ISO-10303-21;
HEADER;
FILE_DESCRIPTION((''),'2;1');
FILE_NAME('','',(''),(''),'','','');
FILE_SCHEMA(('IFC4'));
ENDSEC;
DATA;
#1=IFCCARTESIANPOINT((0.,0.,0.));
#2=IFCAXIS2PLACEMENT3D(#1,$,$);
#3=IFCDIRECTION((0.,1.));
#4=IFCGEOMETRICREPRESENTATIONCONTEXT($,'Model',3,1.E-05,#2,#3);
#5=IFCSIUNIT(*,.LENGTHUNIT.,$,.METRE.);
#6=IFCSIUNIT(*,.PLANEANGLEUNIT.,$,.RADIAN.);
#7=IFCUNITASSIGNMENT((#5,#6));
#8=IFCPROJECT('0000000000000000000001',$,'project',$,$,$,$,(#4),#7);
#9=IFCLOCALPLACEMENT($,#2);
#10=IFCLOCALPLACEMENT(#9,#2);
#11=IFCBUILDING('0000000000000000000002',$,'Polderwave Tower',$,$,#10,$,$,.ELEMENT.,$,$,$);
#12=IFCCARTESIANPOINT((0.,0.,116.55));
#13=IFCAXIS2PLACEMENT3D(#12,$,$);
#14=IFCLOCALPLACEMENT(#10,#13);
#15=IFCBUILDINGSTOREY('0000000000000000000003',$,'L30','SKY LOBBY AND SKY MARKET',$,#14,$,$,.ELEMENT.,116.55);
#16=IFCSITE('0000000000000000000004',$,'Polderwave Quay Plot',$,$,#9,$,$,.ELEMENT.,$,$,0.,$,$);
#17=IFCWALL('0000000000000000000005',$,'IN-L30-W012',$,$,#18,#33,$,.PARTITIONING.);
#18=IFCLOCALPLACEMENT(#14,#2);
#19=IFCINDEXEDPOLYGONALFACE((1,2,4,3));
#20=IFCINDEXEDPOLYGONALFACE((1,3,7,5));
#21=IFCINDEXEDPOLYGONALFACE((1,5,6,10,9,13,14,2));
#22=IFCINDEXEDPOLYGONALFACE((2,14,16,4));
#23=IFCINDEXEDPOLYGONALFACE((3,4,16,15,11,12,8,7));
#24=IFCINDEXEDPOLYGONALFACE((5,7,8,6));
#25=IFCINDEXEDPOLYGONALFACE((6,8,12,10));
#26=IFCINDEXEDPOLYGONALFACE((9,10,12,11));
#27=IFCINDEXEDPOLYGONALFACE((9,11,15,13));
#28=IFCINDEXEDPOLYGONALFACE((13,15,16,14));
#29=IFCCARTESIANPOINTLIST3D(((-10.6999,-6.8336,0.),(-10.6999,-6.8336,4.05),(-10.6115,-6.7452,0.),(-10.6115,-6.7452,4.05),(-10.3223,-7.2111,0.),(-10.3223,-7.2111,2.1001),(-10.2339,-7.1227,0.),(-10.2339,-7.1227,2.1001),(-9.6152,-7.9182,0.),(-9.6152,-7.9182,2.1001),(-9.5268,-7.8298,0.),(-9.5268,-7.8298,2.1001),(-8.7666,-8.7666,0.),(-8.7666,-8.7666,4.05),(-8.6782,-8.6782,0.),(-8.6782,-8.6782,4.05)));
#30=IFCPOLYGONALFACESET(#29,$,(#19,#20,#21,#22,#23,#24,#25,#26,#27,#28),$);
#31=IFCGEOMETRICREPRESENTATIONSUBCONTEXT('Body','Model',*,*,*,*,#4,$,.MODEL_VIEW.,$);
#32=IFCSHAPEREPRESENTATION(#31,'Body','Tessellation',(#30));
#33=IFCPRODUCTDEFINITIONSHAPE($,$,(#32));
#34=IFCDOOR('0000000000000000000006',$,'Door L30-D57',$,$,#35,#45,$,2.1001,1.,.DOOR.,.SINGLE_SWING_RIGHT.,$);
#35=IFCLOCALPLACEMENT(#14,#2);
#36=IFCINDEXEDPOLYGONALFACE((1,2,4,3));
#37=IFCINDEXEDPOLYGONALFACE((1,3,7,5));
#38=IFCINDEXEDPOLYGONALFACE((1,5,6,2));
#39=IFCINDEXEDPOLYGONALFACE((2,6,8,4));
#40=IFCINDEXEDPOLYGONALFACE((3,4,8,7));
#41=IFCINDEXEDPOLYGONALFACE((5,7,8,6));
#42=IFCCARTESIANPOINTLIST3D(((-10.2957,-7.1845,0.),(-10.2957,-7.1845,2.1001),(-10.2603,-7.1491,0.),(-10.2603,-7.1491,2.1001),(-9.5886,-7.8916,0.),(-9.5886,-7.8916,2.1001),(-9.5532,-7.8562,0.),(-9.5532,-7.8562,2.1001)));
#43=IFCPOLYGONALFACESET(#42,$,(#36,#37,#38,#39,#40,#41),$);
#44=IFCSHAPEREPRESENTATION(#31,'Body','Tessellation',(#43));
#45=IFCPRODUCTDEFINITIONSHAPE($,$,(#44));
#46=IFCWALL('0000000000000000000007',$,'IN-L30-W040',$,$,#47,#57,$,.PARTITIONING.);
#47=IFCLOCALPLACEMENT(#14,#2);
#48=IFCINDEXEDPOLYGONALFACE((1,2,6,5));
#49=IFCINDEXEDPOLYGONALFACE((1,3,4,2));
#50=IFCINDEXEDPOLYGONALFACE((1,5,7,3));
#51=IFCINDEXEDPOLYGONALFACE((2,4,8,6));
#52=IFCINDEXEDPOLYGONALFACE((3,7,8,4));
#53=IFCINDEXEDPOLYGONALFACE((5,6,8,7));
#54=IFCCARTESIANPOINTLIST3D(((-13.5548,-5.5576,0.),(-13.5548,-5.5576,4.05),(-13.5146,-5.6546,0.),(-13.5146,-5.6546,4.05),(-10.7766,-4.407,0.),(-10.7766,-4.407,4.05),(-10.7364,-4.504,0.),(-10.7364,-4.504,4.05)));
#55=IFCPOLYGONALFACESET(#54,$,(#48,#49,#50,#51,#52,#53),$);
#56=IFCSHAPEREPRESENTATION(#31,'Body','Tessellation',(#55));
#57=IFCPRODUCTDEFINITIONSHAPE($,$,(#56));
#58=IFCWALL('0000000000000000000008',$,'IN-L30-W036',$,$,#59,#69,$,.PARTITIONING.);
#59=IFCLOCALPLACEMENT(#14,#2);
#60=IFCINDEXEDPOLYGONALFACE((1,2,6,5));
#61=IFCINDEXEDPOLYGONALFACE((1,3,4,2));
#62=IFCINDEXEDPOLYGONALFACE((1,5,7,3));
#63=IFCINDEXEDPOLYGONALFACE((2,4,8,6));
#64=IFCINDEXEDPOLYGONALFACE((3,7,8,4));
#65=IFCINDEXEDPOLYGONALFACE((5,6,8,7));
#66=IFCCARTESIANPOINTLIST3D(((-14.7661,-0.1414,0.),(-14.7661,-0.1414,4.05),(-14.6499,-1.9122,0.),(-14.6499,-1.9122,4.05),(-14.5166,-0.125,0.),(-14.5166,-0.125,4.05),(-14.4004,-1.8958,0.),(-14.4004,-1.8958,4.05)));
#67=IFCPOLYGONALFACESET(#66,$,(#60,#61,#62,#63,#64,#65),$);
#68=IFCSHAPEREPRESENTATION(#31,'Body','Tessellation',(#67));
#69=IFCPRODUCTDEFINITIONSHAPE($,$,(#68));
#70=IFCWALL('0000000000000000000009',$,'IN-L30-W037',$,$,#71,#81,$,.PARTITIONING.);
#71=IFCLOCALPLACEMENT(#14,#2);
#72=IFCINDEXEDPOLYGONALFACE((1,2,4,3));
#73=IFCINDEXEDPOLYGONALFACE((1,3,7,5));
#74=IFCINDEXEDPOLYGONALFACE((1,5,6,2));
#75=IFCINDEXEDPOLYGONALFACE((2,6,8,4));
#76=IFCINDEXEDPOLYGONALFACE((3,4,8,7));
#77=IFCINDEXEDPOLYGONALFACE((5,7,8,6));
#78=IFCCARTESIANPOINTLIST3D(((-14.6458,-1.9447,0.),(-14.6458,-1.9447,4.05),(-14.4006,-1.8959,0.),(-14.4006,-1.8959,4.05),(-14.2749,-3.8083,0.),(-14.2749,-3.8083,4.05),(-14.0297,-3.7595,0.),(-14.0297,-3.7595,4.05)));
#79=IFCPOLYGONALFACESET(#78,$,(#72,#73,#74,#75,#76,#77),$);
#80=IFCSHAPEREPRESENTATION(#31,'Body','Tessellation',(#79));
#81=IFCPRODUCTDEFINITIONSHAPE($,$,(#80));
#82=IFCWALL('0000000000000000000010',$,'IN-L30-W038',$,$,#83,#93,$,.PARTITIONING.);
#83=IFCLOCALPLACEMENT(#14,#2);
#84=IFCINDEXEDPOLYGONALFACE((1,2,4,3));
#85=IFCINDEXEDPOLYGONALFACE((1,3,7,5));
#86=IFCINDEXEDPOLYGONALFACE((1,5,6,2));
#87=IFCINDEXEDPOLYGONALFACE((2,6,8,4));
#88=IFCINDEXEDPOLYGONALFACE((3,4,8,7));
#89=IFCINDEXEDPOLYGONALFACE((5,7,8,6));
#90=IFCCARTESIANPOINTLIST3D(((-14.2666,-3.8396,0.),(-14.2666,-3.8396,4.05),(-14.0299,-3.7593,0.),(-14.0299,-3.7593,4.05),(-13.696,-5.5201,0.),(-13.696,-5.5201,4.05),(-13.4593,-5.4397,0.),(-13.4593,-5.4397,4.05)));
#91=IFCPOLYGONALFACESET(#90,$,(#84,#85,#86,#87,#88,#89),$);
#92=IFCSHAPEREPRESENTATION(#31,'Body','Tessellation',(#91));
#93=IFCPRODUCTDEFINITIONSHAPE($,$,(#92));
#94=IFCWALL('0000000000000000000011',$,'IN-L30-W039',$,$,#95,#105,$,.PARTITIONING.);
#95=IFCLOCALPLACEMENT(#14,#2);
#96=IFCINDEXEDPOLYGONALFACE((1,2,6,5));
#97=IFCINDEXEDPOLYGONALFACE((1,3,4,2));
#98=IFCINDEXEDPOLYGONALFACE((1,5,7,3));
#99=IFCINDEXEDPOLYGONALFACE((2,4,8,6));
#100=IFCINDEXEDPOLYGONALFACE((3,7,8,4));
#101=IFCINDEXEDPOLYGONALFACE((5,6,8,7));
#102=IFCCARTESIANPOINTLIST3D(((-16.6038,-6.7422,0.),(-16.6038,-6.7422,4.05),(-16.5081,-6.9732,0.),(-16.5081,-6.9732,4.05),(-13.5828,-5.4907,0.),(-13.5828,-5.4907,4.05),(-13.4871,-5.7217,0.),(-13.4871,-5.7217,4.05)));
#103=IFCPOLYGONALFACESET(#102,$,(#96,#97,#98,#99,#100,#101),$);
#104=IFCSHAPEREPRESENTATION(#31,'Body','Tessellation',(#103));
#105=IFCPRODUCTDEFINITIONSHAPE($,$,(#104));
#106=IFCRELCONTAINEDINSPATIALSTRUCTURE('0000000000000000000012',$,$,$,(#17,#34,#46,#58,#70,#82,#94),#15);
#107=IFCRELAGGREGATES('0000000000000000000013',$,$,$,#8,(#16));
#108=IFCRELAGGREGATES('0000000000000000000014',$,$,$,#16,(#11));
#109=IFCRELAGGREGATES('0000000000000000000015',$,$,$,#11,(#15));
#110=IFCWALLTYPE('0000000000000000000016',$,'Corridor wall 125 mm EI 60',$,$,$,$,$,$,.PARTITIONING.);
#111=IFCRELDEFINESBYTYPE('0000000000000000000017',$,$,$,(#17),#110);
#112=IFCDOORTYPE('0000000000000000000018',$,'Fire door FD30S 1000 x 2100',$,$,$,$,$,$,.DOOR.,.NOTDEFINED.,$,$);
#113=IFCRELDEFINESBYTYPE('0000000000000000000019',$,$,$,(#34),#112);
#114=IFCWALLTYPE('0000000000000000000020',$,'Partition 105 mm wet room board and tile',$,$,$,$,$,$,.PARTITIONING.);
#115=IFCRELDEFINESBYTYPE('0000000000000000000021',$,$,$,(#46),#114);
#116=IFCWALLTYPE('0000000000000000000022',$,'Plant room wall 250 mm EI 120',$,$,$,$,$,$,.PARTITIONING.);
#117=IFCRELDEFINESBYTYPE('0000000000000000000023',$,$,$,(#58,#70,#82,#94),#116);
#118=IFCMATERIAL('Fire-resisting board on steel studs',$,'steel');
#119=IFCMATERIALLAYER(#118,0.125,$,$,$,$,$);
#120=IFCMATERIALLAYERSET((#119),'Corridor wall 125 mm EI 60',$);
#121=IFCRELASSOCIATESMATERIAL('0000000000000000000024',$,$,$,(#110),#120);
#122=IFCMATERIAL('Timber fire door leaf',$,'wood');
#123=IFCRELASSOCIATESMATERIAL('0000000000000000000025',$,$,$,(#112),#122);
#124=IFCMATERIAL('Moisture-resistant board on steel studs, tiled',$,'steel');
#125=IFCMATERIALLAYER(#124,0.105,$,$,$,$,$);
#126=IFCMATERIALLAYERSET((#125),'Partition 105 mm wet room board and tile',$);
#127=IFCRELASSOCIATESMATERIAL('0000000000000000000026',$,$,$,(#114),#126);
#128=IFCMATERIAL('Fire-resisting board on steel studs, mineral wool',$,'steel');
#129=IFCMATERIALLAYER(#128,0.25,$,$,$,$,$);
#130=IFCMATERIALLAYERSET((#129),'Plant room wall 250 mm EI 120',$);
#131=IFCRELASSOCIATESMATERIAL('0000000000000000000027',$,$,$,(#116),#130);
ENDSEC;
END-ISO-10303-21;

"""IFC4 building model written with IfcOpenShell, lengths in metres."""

from ifc_helpers import new_model, si_unit, direction, frame, frame_2d, origin, place, context, subcontext, project, spatial, rectangle, extrude, material, layer, layer_set, type_object, element, fill, save


model = new_model("IFC4")

# Units and contexts
model_context = context("Model", 3, precision=1e-05, world=origin(), true_north=direction((0.0, 1.0)))
body_context = subcontext(model_context, "Body", "Model", "MODEL_VIEW")
ifc_project = project(units=[si_unit("LENGTHUNIT", "METRE"), si_unit("PLANEANGLEUNIT", "RADIAN")], contexts=[model_context])

# Site, building, storey
site_placement = place(None, origin())
site = spatial("IfcSite", under=ifc_project, at=site_placement, Name="Polderwave Quay Plot", CompositionType="ELEMENT", RefElevation=0.0)
building_placement = place(site_placement, origin())
building = spatial("IfcBuilding", under=site, at=building_placement, Name="Polderwave Tower", CompositionType="ELEMENT")
storey_placement = place(building_placement, frame((0.0, 0.0, 116.55)))
storey = spatial("IfcBuildingStorey", under=building, at=storey_placement, Name="L30", Description="SKY LOBBY AND SKY MARKET", CompositionType="ELEMENT", Elevation=116.55)

# Shared definitions
ifc_material_1 = material(Name="Fire-resisting board on steel studs", Category="steel")
ifc_layer_1 = layer(ifc_material_1, 0.125)
ifc_layer_set_1 = layer_set([ifc_layer_1], Name="Corridor wall 125 mm EI 60")
wall_type_1 = type_object("IfcWallType", Name="Corridor wall 125 mm EI 60", PredefinedType="PARTITIONING", material=ifc_layer_set_1)
ifc_material_2 = material(Name="Timber fire door leaf", Category="wood")
door_type_1 = type_object("IfcDoorType", Name="Fire door FD30S 1000 x 2100", OperationType="NOTDEFINED", PredefinedType="DOOR", material=ifc_material_2)

# Wall, opening, door
wall_1_placement = place(storey_placement, frame((-8.7224, -8.7224, 0.0), z_axis=(0.0, 0.0, 1.0), x_axis=(-0.707151, 0.707062, 0.0)))
wall_1 = element("IfcWall", 1, at=wall_1_placement, inside=storey, type_object=wall_type_1, Name="IN-L30-W012", PredefinedType="PARTITIONING", context=body_context, shape_type="SweptSolid", body=[
    extrude(rectangle(XDim=2.7339, YDim=0.125, at=frame_2d((1.3669, 0.0))), origin(), (0.0, 0.0, 1.0), 4.05),
])
opening_1_placement = place(wall_1_placement, frame((1.2, 0.0, 0.0)))
opening_1 = element("IfcOpeningElement", 2, at=opening_1_placement, cuts=wall_1, PredefinedType="OPENING", context=body_context, shape_type="SweptSolid", body=[
    extrude(rectangle(XDim=1.0, YDim=2.1001, at=frame_2d((0.5, 1.05))), frame((0.0, 0.0725, 0.0), z_axis=(0.0, -1.0, 0.0), x_axis=(1.0, 0.0, 0.0)), (0.0, 0.0, 1.0), 0.145),
])
door_1_placement = place(opening_1_placement, origin())
door_1 = element("IfcDoor", 3, at=door_1_placement, inside=storey, type_object=door_type_1, Name="Door L30-D57", OperationType="SINGLE_SWING_RIGHT", OverallHeight=2.1001, OverallWidth=1.0, PredefinedType="DOOR", context=body_context, shape_type="SweptSolid", body=[
    extrude(rectangle(XDim=1.0, YDim=2.1001, at=frame_2d((0.5, 1.05))), frame((0.0, 0.0249, 0.0), z_axis=(0.0, -1.0, 0.0), x_axis=(1.0, 0.0, 0.0)), (0.0, 0.0, 1.0), 0.05),
])
fill(opening_1, door_1)

# Walls
ifc_material_3 = material(Name="Moisture-resistant board on steel studs, tiled", Category="steel")
ifc_layer_2 = layer(ifc_material_3, 0.105)
ifc_layer_set_2 = layer_set([ifc_layer_2], Name="Partition 105 mm wet room board and tile")
wall_type_2 = type_object("IfcWallType", Name="Partition 105 mm wet room board and tile", PredefinedType="PARTITIONING", material=ifc_layer_set_2)
wall_2_placement = place(storey_placement, frame((-10.7566, -4.4556, 0.0), z_axis=(0.0, 0.0, 1.0), x_axis=(-0.923901, -0.382631, 0.0)))
element("IfcWall", 4, at=wall_2_placement, inside=storey, type_object=wall_type_2, Name="IN-L30-W040", PredefinedType="PARTITIONING", context=body_context, shape_type="SweptSolid", body=[
    extrude(rectangle(XDim=3.0071, YDim=0.105, at=frame_2d((1.5034, 0.0))), origin(), (0.0, 0.0, 1.0), 4.05),
])
ifc_material_4 = material(Name="Fire-resisting board on steel studs, mineral wool", Category="steel")
ifc_layer_3 = layer(ifc_material_4, 0.25)
ifc_layer_set_3 = layer_set([ifc_layer_3], Name="Plant room wall 250 mm EI 120")
wall_type_3 = type_object("IfcWallType", Name="Plant room wall 250 mm EI 120", PredefinedType="PARTITIONING", material=ifc_layer_set_3)
wall_3_placement = place(storey_placement, frame((-14.6414, -0.1333, 0.0), z_axis=(0.0, 0.0, 1.0), x_axis=(0.065487, -0.997853, 0.0)))
element("IfcWall", 5, at=wall_3_placement, inside=storey, type_object=wall_type_3, Name="IN-L30-W036", PredefinedType="PARTITIONING", context=body_context, shape_type="SweptSolid", body=[
    extrude(rectangle(XDim=1.7747, YDim=0.25, at=frame_2d((0.8872, 0.0))), origin(), (0.0, 0.0, 1.0), 4.05),
])
wall_4_placement = place(storey_placement, frame((-14.5232, -1.9202, 0.0), z_axis=(0.0, 0.0, 1.0), x_axis=(0.195177, -0.980768, 0.0)))
element("IfcWall", 6, at=wall_4_placement, inside=storey, type_object=wall_type_3, Name="IN-L30-W037", PredefinedType="PARTITIONING", context=body_context, shape_type="SweptSolid", body=[
    extrude(rectangle(XDim=1.9001, YDim=0.25, at=frame_2d((0.9502, 0.0))), origin(), (0.0, 0.0, 1.0), 4.05),
])
wall_5_placement = place(storey_placement, frame((-14.1482, -3.7996, 0.0), z_axis=(0.0, 0.0, 1.0), x_axis=(0.321506, -0.946908, 0.0)))
element("IfcWall", 7, at=wall_5_placement, inside=storey, type_object=wall_type_3, Name="IN-L30-W038", PredefinedType="PARTITIONING", context=body_context, shape_type="SweptSolid", body=[
    extrude(rectangle(XDim=1.7747, YDim=0.25, at=frame_2d((0.8872, 0.0))), origin(), (0.0, 0.0, 1.0), 4.05),
])
wall_6_placement = place(storey_placement, frame((-13.5349, -5.6062, 0.0), z_axis=(0.0, 0.0, 1.0), x_axis=(-0.923866, -0.382717, 0.0)))
element("IfcWall", 8, at=wall_6_placement, inside=storey, type_object=wall_type_3, Name="IN-L30-W039", PredefinedType="PARTITIONING", context=body_context, shape_type="SweptSolid", body=[
    extrude(rectangle(XDim=3.27, YDim=0.25, at=frame_2d((1.635, 0.0))), origin(), (0.0, 0.0, 1.0), 4.05),
])

save(model, "model.ifc")
